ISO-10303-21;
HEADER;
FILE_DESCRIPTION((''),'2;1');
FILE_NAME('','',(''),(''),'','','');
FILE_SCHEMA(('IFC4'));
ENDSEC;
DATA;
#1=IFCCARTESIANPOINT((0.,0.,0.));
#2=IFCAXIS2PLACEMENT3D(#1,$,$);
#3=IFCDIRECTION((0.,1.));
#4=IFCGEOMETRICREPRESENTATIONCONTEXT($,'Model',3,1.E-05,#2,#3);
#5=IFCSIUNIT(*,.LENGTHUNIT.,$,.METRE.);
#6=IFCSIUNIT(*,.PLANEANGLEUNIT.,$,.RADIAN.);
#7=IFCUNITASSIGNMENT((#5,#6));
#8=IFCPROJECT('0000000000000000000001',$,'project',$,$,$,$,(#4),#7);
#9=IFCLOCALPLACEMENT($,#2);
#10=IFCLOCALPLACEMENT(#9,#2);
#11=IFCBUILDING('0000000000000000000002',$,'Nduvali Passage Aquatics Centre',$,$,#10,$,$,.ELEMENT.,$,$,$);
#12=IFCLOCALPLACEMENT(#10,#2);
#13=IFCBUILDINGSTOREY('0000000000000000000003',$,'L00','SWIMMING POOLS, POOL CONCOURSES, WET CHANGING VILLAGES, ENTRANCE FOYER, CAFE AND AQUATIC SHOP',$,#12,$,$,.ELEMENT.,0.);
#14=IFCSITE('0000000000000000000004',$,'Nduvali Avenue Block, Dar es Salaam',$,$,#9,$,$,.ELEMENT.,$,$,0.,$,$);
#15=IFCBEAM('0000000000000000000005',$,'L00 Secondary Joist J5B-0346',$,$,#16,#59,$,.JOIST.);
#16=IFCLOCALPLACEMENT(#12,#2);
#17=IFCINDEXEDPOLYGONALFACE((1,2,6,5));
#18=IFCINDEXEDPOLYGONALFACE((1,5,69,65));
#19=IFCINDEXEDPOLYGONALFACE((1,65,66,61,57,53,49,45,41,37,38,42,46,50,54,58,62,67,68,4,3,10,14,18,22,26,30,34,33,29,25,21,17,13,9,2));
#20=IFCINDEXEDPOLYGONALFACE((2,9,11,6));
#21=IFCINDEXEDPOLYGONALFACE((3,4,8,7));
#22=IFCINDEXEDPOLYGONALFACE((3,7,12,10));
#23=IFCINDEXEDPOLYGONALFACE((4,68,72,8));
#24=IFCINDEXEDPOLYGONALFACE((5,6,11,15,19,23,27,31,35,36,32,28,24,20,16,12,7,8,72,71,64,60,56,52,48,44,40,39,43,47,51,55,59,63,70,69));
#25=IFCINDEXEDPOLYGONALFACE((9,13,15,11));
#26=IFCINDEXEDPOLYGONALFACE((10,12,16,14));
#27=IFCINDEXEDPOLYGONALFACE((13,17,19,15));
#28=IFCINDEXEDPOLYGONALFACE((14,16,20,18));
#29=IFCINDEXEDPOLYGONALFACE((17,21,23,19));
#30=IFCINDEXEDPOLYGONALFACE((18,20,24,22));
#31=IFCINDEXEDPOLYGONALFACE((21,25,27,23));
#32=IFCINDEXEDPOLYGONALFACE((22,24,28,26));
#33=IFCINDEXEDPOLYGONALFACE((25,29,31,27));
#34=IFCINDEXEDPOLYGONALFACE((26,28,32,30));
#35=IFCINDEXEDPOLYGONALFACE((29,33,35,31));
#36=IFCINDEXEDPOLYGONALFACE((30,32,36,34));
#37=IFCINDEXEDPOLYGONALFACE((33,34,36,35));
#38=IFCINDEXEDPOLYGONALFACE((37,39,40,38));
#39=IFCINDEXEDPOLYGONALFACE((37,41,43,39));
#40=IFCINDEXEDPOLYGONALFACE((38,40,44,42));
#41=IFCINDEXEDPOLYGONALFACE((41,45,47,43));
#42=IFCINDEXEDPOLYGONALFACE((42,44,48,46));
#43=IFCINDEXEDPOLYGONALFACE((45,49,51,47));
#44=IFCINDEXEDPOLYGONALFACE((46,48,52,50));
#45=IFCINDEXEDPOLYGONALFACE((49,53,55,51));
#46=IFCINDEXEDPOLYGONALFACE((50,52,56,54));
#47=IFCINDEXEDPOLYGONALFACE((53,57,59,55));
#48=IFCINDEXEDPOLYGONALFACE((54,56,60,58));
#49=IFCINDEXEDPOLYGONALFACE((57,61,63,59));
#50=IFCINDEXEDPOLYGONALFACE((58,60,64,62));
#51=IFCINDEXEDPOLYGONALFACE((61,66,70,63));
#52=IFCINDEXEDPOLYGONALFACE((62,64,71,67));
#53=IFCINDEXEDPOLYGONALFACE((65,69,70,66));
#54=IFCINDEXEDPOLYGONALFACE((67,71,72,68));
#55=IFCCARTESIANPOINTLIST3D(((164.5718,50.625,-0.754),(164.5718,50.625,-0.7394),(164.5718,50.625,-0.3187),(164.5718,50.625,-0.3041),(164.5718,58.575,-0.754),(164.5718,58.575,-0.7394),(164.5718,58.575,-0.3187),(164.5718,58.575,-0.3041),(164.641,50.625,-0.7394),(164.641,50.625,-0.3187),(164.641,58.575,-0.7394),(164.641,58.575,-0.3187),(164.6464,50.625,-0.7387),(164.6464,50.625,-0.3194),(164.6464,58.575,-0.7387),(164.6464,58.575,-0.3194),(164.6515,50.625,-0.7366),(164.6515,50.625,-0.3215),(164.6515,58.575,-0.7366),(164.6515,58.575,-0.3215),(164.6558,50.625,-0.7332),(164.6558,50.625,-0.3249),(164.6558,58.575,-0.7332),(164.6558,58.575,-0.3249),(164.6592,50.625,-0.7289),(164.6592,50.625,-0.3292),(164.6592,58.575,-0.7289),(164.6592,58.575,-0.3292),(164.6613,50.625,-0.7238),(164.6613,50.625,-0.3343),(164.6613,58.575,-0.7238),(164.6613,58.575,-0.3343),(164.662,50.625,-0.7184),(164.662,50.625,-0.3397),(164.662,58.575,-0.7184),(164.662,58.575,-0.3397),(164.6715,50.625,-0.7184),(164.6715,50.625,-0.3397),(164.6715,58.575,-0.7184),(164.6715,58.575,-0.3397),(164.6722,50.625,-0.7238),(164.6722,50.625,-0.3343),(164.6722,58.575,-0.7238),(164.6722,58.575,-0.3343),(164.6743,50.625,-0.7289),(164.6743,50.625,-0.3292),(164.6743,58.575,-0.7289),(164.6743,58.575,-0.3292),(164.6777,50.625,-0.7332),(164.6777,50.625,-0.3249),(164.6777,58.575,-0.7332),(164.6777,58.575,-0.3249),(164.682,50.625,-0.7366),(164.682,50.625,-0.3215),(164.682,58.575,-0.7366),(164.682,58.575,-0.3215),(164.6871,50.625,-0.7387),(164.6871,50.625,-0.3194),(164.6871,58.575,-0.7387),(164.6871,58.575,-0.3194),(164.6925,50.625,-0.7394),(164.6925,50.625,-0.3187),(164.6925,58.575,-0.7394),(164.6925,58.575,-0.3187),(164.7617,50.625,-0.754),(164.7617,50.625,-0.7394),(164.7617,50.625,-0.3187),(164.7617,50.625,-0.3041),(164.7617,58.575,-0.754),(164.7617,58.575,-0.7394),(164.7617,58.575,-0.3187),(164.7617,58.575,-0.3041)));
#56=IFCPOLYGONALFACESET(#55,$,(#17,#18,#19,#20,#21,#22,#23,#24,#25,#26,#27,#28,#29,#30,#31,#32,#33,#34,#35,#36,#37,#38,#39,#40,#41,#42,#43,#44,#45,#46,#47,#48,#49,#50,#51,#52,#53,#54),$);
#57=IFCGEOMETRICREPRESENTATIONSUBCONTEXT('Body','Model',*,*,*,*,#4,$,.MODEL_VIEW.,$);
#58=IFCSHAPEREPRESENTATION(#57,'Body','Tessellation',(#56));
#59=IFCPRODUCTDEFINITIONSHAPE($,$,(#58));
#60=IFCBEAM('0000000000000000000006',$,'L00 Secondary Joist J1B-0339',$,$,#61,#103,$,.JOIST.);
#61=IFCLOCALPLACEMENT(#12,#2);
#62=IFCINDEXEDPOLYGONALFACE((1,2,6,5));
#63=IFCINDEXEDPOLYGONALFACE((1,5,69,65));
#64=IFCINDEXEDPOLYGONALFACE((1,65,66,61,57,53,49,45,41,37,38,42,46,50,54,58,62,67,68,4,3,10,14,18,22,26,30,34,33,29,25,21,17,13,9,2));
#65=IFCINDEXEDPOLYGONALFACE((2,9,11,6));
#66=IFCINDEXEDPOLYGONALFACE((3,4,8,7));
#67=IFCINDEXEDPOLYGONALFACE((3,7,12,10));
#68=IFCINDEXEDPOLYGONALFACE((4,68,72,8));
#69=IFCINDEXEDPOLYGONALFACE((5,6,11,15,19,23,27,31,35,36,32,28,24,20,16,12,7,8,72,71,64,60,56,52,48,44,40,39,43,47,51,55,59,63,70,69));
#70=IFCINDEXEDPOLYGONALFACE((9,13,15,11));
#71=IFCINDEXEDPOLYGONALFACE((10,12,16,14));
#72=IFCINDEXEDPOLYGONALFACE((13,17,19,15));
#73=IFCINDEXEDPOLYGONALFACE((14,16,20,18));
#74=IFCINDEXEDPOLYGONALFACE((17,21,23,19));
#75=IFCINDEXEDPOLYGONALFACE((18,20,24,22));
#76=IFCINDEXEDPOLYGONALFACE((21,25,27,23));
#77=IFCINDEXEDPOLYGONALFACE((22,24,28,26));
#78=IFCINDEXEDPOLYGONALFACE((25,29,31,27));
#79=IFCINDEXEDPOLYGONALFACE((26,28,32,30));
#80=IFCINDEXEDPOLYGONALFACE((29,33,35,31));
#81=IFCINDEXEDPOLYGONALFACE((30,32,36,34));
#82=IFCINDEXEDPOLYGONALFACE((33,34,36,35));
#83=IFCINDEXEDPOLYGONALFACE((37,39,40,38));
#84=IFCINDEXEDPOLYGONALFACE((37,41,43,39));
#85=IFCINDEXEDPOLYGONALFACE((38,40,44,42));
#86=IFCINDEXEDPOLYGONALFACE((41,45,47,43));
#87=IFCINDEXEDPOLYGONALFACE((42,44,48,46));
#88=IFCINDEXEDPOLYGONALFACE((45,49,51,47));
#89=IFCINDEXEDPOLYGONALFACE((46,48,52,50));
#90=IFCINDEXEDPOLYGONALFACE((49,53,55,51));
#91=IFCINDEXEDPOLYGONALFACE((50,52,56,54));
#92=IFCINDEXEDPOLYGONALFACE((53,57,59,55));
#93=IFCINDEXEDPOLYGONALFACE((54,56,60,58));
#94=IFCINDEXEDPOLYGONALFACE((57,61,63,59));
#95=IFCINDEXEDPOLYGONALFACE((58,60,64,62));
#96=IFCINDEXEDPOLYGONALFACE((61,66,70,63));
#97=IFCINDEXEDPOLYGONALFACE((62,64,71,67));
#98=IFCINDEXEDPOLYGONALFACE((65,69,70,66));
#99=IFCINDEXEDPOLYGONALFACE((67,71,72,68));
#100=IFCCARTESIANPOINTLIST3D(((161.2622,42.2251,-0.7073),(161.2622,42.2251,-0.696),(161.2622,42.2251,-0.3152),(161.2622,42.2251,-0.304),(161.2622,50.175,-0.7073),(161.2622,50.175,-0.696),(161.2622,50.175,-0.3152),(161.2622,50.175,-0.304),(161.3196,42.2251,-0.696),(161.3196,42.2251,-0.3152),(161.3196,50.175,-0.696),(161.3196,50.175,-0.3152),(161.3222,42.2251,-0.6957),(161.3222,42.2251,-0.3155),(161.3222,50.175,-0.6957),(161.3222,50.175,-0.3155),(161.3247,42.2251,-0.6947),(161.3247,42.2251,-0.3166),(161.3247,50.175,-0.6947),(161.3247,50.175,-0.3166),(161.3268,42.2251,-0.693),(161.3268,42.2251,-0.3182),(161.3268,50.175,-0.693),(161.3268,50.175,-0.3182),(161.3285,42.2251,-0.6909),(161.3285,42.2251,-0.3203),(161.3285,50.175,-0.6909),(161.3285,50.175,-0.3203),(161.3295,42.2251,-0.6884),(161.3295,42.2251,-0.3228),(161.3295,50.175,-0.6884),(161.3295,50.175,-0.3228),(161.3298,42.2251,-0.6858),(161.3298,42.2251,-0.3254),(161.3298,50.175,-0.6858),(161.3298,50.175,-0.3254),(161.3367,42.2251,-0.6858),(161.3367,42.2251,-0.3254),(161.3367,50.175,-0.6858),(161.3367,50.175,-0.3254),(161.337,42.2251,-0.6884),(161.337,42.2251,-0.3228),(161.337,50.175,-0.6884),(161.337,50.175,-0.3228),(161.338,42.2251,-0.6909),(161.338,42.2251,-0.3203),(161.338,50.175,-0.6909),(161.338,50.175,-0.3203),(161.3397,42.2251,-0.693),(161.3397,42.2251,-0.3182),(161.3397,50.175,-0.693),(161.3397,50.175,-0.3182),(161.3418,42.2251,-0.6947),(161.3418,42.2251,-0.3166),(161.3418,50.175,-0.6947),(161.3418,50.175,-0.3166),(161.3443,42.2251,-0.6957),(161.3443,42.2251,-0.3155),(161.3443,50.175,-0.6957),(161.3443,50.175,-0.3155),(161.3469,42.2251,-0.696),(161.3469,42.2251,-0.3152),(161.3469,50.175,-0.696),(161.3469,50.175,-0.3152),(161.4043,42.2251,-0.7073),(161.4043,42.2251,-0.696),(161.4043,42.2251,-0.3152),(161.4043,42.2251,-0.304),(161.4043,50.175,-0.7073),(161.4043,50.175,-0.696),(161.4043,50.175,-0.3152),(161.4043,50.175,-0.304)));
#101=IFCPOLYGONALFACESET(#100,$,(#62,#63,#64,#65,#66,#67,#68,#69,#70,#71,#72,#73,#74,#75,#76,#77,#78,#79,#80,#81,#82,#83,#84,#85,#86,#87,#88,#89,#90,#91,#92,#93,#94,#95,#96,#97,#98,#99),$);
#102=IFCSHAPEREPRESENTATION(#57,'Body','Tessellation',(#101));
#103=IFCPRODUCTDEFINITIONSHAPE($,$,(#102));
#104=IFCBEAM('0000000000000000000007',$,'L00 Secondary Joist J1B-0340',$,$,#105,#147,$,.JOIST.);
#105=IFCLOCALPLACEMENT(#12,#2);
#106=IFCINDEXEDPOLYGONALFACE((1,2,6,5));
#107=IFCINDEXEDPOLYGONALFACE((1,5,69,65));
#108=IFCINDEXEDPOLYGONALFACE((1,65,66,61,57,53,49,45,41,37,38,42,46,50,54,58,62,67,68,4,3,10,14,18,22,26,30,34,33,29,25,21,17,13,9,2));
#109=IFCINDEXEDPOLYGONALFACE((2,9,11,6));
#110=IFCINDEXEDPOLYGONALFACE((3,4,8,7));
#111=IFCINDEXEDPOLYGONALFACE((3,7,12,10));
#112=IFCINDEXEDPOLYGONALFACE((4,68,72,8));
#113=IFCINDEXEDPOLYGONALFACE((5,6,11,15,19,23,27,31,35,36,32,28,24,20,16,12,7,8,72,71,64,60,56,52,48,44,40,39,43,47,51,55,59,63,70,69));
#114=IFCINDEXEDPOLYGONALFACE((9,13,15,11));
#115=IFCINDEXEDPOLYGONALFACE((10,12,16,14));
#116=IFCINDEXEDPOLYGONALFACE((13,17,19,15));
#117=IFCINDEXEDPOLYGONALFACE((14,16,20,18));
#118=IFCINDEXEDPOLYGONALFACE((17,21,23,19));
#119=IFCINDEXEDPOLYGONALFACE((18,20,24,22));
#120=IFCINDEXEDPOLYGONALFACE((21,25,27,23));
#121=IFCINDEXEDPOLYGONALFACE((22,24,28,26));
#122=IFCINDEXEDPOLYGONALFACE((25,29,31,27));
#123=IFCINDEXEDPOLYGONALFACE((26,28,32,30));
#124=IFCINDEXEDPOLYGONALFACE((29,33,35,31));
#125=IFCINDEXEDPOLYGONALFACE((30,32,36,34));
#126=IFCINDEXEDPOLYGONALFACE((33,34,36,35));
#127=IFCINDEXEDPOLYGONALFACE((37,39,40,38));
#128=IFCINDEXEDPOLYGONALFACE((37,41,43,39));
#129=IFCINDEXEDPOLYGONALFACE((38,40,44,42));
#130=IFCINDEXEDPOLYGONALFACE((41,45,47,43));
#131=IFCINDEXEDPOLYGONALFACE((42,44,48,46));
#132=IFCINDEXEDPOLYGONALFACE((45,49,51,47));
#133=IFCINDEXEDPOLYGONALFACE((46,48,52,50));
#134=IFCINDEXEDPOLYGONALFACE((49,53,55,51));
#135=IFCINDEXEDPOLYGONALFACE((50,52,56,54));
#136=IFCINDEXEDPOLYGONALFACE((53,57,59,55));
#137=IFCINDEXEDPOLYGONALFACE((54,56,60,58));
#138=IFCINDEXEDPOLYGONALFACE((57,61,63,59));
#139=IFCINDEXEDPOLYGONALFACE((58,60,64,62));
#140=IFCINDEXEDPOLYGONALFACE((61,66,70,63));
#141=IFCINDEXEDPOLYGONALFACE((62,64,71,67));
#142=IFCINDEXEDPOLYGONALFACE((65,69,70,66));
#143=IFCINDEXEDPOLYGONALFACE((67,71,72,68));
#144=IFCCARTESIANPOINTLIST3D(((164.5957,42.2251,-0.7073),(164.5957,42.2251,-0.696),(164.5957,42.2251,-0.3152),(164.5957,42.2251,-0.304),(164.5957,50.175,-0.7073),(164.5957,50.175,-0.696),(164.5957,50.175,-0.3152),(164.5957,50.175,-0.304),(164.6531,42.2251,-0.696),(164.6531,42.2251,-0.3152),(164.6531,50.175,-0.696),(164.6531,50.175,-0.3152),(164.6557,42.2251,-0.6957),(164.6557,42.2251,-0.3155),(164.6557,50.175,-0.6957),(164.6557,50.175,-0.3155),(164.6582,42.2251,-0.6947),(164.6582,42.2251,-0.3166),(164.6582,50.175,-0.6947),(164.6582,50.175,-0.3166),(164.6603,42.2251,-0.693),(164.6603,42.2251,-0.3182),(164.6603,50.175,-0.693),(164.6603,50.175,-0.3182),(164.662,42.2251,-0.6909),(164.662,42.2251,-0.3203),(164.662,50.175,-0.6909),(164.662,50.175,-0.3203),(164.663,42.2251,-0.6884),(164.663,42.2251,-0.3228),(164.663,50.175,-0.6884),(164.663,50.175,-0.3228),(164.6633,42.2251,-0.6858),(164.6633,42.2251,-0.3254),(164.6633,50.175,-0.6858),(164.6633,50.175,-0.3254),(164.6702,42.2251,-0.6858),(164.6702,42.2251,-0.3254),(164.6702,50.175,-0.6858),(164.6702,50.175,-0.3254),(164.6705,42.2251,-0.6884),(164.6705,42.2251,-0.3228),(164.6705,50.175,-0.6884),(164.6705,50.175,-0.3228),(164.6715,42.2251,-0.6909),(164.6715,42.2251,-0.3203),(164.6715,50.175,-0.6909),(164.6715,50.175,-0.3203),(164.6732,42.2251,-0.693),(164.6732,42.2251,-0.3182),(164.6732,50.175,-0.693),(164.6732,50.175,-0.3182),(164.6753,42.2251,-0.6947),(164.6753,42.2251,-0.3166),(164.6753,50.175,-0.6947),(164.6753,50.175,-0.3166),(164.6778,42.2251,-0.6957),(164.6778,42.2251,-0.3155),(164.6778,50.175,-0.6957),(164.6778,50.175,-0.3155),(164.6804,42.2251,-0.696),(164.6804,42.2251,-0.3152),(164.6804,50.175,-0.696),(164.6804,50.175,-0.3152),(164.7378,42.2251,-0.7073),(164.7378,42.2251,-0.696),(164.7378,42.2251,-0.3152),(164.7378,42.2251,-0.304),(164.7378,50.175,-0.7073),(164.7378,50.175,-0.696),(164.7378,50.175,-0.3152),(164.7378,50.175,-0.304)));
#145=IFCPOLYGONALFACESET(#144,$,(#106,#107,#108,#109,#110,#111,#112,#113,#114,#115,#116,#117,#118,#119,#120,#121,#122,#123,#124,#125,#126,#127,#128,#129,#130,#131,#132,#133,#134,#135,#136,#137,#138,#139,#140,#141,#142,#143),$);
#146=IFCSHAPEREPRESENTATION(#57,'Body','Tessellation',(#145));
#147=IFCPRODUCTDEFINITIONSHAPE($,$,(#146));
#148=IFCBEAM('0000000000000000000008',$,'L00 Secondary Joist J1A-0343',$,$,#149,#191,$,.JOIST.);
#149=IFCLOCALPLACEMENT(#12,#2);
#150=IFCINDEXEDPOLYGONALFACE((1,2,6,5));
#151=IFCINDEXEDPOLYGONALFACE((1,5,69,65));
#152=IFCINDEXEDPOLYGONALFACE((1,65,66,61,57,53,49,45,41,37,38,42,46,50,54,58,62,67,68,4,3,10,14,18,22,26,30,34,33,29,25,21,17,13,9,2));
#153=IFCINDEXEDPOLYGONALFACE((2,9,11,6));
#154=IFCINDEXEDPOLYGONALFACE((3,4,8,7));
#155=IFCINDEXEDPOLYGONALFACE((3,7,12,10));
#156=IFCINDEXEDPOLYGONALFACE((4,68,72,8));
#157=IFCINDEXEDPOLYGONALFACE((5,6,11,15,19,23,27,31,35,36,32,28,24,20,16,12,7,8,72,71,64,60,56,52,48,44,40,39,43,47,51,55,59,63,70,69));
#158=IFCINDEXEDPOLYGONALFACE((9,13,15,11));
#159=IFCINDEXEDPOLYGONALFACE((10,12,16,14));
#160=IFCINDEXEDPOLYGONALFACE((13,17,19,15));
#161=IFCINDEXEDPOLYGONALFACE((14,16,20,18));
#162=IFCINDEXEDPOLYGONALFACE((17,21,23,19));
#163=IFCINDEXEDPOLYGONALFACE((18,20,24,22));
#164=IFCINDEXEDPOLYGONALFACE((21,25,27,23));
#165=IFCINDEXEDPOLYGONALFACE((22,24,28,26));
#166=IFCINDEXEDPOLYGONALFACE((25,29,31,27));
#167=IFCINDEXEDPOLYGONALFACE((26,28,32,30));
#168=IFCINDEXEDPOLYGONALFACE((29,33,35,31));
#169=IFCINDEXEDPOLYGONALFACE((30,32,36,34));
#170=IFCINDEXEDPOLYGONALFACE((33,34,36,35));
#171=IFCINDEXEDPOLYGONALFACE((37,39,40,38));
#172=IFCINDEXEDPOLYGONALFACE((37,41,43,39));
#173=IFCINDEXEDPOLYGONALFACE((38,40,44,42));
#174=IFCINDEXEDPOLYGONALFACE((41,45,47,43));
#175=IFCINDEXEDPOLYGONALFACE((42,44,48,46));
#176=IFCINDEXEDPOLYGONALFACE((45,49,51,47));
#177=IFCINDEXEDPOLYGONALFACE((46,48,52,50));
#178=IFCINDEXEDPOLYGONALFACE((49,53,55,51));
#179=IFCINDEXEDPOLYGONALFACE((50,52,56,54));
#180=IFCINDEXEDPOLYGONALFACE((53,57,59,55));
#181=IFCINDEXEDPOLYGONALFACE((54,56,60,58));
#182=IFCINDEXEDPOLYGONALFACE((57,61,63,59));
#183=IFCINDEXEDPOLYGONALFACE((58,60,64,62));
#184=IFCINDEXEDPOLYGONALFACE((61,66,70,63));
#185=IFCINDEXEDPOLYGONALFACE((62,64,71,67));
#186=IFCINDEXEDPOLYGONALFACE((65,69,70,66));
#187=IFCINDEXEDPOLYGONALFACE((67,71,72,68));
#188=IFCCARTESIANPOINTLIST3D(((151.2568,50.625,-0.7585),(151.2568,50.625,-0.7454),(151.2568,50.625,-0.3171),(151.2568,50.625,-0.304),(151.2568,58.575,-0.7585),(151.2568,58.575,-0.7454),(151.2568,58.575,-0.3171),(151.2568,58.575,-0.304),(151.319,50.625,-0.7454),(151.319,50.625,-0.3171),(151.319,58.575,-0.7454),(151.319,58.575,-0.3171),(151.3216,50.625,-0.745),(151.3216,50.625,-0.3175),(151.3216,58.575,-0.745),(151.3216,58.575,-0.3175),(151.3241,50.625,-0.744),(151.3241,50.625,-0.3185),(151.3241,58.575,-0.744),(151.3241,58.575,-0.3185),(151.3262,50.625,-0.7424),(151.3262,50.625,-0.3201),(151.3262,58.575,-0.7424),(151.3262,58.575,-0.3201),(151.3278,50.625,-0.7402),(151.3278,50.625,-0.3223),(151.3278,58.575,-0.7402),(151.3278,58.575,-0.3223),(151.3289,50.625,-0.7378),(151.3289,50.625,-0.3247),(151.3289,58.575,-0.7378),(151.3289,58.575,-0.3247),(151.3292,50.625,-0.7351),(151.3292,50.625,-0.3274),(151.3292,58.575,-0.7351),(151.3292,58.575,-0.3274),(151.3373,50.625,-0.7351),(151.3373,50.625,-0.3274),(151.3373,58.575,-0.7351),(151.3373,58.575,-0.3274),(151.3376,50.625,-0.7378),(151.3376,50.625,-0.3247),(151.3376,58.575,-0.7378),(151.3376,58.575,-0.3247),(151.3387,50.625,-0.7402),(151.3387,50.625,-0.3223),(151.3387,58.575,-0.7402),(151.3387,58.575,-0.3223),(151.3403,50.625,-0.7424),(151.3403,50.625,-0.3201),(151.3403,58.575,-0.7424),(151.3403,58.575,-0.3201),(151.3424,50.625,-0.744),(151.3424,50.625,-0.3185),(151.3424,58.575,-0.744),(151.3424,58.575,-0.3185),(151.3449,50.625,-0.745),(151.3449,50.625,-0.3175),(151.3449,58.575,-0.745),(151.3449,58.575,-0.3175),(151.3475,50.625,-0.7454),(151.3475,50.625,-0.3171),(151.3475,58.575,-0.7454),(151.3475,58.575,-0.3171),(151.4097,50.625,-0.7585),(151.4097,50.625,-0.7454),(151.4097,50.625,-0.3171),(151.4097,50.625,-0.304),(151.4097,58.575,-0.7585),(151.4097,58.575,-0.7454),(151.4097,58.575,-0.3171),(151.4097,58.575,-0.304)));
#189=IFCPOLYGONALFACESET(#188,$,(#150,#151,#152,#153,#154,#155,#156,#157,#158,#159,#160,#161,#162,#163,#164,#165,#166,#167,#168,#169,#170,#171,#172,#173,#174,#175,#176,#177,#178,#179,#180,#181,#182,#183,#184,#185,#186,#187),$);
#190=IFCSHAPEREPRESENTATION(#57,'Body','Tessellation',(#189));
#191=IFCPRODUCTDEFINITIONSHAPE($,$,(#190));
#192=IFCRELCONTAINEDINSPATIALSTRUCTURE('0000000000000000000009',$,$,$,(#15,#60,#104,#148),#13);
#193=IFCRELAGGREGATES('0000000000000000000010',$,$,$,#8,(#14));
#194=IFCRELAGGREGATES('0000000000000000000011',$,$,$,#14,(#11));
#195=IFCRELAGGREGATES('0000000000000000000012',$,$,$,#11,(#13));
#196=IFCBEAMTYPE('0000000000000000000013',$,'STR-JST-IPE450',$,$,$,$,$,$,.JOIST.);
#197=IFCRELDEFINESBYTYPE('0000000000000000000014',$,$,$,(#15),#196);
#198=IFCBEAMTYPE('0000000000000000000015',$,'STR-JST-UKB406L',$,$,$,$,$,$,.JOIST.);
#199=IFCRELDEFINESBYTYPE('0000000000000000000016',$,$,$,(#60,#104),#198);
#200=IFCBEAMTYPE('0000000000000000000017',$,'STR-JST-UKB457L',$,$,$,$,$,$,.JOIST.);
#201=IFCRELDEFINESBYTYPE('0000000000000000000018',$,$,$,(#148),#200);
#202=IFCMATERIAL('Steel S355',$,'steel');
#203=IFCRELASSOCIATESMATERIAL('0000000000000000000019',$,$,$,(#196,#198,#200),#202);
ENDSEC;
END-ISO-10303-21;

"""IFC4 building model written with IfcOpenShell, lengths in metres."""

from ifc_helpers import new_model, si_unit, direction, frame, origin, origin_2d, place, context, subcontext, project, spatial, i_section, extrude, material, material_profile, profile_set, type_object, element, save


model = new_model("IFC4")

# Units and contexts
model_context = context("Model", 3, precision=1e-05, world=origin(), true_north=direction((0.0, 1.0)))
body_context = subcontext(model_context, "Body", "Model", "MODEL_VIEW")
ifc_project = project(units=[si_unit("LENGTHUNIT", "METRE"), si_unit("PLANEANGLEUNIT", "RADIAN")], contexts=[model_context])

# Site, building, storey
site_placement = place(None, origin())
site = spatial("IfcSite", under=ifc_project, at=site_placement, Name="Nduvali Avenue Block, Dar es Salaam", CompositionType="ELEMENT", RefElevation=0.0)
building_placement = place(site_placement, origin())
building = spatial("IfcBuilding", under=site, at=building_placement, Name="Nduvali Passage Aquatics Centre", CompositionType="ELEMENT")
storey_placement = place(building_placement, origin())
storey = spatial("IfcBuildingStorey", under=building, at=storey_placement, Name="L00", Description="SWIMMING POOLS, POOL CONCOURSES, WET CHANGING VILLAGES, ENTRANCE FOYER, CAFE AND AQUATIC SHOP", CompositionType="ELEMENT", Elevation=0.0)

# Beams
ifc_material_1 = material(Name="Steel S355", Category="steel")
ifc_material_profile_1 = material_profile(ifc_material_1, i_section(OverallWidth=0.1899, OverallDepth=0.45, WebThickness=0.0095, FlangeThickness=0.0146, FilletRadius=0.021, at=origin_2d()), Name="IPE 450")
ifc_profile_set_1 = profile_set([ifc_material_profile_1], Name="Steel S355")
beam_type_1 = type_object("IfcBeamType", Name="STR-JST-IPE450", PredefinedType="JOIST", material=ifc_profile_set_1)
for number, where, z_axis, x_axis, name in (
    (1, (164.6667, 50.625, -0.5291), (0.0, 1.0, 0.0), (-1.0, 0.0, 0.0), "L00 Secondary Joist J5B-0346"),
):
    element("IfcBeam", number, at=place(storey_placement, frame(where, z_axis=z_axis, x_axis=x_axis)), inside=storey, type_object=beam_type_1, Name=name, PredefinedType="JOIST", context=body_context, shape_type="SweptSolid", body=[
        extrude(i_section(OverallWidth=0.1899, OverallDepth=0.45, WebThickness=0.0095, FlangeThickness=0.0146, FilletRadius=0.021, at=origin_2d()), origin(), (0.0, 0.0, 1.0), 7.95),
    ])
ifc_material_profile_2 = material_profile(ifc_material_1, i_section(OverallWidth=0.1421, OverallDepth=0.4033, WebThickness=0.0068, FlangeThickness=0.0112, FilletRadius=0.0103, at=origin_2d()), Name="UKB 406x140x46")
ifc_profile_set_2 = profile_set([ifc_material_profile_2], Name="Steel S355")
beam_type_2 = type_object("IfcBeamType", Name="STR-JST-UKB406L", PredefinedType="JOIST", material=ifc_profile_set_2)
for number, where, z_axis, x_axis, name in (
    (2, (161.3333, 42.2251, -0.5056), (0.0, 1.0, 0.0), (-1.0, 0.0, 0.0), "L00 Secondary Joist J1B-0339"),
    (3, (164.6667, 42.2251, -0.5056), (0.0, 1.0, 0.0), (-1.0, 0.0, 0.0), "L00 Secondary Joist J1B-0340"),
):
    element("IfcBeam", number, at=place(storey_placement, frame(where, z_axis=z_axis, x_axis=x_axis)), inside=storey, type_object=beam_type_2, Name=name, PredefinedType="JOIST", context=body_context, shape_type="SweptSolid", body=[
        extrude(i_section(OverallWidth=0.1421, OverallDepth=0.4033, WebThickness=0.0068, FlangeThickness=0.0112, FilletRadius=0.0103, at=origin_2d()), origin(), (0.0, 0.0, 1.0), 7.95),
    ])
ifc_material_profile_3 = material_profile(ifc_material_1, i_section(OverallWidth=0.1528, OverallDepth=0.4546, WebThickness=0.0081, FlangeThickness=0.0132, FilletRadius=0.0103, at=origin_2d()), Name="UKB 457x152x60")
ifc_profile_set_3 = profile_set([ifc_material_profile_3], Name="Steel S355")
beam_type_3 = type_object("IfcBeamType", Name="STR-JST-UKB457L", PredefinedType="JOIST", material=ifc_profile_set_3)
for number, where, z_axis, x_axis, name in (
    (4, (151.3333, 50.625, -0.5312), (0.0, 1.0, 0.0), (-1.0, 0.0, 0.0), "L00 Secondary Joist J1A-0343"),
):
    element("IfcBeam", number, at=place(storey_placement, frame(where, z_axis=z_axis, x_axis=x_axis)), inside=storey, type_object=beam_type_3, Name=name, PredefinedType="JOIST", context=body_context, shape_type="SweptSolid", body=[
        extrude(i_section(OverallWidth=0.1528, OverallDepth=0.4546, WebThickness=0.0081, FlangeThickness=0.0132, FilletRadius=0.0103, at=origin_2d()), origin(), (0.0, 0.0, 1.0), 7.95),
    ])

save(model, "model.ifc")
